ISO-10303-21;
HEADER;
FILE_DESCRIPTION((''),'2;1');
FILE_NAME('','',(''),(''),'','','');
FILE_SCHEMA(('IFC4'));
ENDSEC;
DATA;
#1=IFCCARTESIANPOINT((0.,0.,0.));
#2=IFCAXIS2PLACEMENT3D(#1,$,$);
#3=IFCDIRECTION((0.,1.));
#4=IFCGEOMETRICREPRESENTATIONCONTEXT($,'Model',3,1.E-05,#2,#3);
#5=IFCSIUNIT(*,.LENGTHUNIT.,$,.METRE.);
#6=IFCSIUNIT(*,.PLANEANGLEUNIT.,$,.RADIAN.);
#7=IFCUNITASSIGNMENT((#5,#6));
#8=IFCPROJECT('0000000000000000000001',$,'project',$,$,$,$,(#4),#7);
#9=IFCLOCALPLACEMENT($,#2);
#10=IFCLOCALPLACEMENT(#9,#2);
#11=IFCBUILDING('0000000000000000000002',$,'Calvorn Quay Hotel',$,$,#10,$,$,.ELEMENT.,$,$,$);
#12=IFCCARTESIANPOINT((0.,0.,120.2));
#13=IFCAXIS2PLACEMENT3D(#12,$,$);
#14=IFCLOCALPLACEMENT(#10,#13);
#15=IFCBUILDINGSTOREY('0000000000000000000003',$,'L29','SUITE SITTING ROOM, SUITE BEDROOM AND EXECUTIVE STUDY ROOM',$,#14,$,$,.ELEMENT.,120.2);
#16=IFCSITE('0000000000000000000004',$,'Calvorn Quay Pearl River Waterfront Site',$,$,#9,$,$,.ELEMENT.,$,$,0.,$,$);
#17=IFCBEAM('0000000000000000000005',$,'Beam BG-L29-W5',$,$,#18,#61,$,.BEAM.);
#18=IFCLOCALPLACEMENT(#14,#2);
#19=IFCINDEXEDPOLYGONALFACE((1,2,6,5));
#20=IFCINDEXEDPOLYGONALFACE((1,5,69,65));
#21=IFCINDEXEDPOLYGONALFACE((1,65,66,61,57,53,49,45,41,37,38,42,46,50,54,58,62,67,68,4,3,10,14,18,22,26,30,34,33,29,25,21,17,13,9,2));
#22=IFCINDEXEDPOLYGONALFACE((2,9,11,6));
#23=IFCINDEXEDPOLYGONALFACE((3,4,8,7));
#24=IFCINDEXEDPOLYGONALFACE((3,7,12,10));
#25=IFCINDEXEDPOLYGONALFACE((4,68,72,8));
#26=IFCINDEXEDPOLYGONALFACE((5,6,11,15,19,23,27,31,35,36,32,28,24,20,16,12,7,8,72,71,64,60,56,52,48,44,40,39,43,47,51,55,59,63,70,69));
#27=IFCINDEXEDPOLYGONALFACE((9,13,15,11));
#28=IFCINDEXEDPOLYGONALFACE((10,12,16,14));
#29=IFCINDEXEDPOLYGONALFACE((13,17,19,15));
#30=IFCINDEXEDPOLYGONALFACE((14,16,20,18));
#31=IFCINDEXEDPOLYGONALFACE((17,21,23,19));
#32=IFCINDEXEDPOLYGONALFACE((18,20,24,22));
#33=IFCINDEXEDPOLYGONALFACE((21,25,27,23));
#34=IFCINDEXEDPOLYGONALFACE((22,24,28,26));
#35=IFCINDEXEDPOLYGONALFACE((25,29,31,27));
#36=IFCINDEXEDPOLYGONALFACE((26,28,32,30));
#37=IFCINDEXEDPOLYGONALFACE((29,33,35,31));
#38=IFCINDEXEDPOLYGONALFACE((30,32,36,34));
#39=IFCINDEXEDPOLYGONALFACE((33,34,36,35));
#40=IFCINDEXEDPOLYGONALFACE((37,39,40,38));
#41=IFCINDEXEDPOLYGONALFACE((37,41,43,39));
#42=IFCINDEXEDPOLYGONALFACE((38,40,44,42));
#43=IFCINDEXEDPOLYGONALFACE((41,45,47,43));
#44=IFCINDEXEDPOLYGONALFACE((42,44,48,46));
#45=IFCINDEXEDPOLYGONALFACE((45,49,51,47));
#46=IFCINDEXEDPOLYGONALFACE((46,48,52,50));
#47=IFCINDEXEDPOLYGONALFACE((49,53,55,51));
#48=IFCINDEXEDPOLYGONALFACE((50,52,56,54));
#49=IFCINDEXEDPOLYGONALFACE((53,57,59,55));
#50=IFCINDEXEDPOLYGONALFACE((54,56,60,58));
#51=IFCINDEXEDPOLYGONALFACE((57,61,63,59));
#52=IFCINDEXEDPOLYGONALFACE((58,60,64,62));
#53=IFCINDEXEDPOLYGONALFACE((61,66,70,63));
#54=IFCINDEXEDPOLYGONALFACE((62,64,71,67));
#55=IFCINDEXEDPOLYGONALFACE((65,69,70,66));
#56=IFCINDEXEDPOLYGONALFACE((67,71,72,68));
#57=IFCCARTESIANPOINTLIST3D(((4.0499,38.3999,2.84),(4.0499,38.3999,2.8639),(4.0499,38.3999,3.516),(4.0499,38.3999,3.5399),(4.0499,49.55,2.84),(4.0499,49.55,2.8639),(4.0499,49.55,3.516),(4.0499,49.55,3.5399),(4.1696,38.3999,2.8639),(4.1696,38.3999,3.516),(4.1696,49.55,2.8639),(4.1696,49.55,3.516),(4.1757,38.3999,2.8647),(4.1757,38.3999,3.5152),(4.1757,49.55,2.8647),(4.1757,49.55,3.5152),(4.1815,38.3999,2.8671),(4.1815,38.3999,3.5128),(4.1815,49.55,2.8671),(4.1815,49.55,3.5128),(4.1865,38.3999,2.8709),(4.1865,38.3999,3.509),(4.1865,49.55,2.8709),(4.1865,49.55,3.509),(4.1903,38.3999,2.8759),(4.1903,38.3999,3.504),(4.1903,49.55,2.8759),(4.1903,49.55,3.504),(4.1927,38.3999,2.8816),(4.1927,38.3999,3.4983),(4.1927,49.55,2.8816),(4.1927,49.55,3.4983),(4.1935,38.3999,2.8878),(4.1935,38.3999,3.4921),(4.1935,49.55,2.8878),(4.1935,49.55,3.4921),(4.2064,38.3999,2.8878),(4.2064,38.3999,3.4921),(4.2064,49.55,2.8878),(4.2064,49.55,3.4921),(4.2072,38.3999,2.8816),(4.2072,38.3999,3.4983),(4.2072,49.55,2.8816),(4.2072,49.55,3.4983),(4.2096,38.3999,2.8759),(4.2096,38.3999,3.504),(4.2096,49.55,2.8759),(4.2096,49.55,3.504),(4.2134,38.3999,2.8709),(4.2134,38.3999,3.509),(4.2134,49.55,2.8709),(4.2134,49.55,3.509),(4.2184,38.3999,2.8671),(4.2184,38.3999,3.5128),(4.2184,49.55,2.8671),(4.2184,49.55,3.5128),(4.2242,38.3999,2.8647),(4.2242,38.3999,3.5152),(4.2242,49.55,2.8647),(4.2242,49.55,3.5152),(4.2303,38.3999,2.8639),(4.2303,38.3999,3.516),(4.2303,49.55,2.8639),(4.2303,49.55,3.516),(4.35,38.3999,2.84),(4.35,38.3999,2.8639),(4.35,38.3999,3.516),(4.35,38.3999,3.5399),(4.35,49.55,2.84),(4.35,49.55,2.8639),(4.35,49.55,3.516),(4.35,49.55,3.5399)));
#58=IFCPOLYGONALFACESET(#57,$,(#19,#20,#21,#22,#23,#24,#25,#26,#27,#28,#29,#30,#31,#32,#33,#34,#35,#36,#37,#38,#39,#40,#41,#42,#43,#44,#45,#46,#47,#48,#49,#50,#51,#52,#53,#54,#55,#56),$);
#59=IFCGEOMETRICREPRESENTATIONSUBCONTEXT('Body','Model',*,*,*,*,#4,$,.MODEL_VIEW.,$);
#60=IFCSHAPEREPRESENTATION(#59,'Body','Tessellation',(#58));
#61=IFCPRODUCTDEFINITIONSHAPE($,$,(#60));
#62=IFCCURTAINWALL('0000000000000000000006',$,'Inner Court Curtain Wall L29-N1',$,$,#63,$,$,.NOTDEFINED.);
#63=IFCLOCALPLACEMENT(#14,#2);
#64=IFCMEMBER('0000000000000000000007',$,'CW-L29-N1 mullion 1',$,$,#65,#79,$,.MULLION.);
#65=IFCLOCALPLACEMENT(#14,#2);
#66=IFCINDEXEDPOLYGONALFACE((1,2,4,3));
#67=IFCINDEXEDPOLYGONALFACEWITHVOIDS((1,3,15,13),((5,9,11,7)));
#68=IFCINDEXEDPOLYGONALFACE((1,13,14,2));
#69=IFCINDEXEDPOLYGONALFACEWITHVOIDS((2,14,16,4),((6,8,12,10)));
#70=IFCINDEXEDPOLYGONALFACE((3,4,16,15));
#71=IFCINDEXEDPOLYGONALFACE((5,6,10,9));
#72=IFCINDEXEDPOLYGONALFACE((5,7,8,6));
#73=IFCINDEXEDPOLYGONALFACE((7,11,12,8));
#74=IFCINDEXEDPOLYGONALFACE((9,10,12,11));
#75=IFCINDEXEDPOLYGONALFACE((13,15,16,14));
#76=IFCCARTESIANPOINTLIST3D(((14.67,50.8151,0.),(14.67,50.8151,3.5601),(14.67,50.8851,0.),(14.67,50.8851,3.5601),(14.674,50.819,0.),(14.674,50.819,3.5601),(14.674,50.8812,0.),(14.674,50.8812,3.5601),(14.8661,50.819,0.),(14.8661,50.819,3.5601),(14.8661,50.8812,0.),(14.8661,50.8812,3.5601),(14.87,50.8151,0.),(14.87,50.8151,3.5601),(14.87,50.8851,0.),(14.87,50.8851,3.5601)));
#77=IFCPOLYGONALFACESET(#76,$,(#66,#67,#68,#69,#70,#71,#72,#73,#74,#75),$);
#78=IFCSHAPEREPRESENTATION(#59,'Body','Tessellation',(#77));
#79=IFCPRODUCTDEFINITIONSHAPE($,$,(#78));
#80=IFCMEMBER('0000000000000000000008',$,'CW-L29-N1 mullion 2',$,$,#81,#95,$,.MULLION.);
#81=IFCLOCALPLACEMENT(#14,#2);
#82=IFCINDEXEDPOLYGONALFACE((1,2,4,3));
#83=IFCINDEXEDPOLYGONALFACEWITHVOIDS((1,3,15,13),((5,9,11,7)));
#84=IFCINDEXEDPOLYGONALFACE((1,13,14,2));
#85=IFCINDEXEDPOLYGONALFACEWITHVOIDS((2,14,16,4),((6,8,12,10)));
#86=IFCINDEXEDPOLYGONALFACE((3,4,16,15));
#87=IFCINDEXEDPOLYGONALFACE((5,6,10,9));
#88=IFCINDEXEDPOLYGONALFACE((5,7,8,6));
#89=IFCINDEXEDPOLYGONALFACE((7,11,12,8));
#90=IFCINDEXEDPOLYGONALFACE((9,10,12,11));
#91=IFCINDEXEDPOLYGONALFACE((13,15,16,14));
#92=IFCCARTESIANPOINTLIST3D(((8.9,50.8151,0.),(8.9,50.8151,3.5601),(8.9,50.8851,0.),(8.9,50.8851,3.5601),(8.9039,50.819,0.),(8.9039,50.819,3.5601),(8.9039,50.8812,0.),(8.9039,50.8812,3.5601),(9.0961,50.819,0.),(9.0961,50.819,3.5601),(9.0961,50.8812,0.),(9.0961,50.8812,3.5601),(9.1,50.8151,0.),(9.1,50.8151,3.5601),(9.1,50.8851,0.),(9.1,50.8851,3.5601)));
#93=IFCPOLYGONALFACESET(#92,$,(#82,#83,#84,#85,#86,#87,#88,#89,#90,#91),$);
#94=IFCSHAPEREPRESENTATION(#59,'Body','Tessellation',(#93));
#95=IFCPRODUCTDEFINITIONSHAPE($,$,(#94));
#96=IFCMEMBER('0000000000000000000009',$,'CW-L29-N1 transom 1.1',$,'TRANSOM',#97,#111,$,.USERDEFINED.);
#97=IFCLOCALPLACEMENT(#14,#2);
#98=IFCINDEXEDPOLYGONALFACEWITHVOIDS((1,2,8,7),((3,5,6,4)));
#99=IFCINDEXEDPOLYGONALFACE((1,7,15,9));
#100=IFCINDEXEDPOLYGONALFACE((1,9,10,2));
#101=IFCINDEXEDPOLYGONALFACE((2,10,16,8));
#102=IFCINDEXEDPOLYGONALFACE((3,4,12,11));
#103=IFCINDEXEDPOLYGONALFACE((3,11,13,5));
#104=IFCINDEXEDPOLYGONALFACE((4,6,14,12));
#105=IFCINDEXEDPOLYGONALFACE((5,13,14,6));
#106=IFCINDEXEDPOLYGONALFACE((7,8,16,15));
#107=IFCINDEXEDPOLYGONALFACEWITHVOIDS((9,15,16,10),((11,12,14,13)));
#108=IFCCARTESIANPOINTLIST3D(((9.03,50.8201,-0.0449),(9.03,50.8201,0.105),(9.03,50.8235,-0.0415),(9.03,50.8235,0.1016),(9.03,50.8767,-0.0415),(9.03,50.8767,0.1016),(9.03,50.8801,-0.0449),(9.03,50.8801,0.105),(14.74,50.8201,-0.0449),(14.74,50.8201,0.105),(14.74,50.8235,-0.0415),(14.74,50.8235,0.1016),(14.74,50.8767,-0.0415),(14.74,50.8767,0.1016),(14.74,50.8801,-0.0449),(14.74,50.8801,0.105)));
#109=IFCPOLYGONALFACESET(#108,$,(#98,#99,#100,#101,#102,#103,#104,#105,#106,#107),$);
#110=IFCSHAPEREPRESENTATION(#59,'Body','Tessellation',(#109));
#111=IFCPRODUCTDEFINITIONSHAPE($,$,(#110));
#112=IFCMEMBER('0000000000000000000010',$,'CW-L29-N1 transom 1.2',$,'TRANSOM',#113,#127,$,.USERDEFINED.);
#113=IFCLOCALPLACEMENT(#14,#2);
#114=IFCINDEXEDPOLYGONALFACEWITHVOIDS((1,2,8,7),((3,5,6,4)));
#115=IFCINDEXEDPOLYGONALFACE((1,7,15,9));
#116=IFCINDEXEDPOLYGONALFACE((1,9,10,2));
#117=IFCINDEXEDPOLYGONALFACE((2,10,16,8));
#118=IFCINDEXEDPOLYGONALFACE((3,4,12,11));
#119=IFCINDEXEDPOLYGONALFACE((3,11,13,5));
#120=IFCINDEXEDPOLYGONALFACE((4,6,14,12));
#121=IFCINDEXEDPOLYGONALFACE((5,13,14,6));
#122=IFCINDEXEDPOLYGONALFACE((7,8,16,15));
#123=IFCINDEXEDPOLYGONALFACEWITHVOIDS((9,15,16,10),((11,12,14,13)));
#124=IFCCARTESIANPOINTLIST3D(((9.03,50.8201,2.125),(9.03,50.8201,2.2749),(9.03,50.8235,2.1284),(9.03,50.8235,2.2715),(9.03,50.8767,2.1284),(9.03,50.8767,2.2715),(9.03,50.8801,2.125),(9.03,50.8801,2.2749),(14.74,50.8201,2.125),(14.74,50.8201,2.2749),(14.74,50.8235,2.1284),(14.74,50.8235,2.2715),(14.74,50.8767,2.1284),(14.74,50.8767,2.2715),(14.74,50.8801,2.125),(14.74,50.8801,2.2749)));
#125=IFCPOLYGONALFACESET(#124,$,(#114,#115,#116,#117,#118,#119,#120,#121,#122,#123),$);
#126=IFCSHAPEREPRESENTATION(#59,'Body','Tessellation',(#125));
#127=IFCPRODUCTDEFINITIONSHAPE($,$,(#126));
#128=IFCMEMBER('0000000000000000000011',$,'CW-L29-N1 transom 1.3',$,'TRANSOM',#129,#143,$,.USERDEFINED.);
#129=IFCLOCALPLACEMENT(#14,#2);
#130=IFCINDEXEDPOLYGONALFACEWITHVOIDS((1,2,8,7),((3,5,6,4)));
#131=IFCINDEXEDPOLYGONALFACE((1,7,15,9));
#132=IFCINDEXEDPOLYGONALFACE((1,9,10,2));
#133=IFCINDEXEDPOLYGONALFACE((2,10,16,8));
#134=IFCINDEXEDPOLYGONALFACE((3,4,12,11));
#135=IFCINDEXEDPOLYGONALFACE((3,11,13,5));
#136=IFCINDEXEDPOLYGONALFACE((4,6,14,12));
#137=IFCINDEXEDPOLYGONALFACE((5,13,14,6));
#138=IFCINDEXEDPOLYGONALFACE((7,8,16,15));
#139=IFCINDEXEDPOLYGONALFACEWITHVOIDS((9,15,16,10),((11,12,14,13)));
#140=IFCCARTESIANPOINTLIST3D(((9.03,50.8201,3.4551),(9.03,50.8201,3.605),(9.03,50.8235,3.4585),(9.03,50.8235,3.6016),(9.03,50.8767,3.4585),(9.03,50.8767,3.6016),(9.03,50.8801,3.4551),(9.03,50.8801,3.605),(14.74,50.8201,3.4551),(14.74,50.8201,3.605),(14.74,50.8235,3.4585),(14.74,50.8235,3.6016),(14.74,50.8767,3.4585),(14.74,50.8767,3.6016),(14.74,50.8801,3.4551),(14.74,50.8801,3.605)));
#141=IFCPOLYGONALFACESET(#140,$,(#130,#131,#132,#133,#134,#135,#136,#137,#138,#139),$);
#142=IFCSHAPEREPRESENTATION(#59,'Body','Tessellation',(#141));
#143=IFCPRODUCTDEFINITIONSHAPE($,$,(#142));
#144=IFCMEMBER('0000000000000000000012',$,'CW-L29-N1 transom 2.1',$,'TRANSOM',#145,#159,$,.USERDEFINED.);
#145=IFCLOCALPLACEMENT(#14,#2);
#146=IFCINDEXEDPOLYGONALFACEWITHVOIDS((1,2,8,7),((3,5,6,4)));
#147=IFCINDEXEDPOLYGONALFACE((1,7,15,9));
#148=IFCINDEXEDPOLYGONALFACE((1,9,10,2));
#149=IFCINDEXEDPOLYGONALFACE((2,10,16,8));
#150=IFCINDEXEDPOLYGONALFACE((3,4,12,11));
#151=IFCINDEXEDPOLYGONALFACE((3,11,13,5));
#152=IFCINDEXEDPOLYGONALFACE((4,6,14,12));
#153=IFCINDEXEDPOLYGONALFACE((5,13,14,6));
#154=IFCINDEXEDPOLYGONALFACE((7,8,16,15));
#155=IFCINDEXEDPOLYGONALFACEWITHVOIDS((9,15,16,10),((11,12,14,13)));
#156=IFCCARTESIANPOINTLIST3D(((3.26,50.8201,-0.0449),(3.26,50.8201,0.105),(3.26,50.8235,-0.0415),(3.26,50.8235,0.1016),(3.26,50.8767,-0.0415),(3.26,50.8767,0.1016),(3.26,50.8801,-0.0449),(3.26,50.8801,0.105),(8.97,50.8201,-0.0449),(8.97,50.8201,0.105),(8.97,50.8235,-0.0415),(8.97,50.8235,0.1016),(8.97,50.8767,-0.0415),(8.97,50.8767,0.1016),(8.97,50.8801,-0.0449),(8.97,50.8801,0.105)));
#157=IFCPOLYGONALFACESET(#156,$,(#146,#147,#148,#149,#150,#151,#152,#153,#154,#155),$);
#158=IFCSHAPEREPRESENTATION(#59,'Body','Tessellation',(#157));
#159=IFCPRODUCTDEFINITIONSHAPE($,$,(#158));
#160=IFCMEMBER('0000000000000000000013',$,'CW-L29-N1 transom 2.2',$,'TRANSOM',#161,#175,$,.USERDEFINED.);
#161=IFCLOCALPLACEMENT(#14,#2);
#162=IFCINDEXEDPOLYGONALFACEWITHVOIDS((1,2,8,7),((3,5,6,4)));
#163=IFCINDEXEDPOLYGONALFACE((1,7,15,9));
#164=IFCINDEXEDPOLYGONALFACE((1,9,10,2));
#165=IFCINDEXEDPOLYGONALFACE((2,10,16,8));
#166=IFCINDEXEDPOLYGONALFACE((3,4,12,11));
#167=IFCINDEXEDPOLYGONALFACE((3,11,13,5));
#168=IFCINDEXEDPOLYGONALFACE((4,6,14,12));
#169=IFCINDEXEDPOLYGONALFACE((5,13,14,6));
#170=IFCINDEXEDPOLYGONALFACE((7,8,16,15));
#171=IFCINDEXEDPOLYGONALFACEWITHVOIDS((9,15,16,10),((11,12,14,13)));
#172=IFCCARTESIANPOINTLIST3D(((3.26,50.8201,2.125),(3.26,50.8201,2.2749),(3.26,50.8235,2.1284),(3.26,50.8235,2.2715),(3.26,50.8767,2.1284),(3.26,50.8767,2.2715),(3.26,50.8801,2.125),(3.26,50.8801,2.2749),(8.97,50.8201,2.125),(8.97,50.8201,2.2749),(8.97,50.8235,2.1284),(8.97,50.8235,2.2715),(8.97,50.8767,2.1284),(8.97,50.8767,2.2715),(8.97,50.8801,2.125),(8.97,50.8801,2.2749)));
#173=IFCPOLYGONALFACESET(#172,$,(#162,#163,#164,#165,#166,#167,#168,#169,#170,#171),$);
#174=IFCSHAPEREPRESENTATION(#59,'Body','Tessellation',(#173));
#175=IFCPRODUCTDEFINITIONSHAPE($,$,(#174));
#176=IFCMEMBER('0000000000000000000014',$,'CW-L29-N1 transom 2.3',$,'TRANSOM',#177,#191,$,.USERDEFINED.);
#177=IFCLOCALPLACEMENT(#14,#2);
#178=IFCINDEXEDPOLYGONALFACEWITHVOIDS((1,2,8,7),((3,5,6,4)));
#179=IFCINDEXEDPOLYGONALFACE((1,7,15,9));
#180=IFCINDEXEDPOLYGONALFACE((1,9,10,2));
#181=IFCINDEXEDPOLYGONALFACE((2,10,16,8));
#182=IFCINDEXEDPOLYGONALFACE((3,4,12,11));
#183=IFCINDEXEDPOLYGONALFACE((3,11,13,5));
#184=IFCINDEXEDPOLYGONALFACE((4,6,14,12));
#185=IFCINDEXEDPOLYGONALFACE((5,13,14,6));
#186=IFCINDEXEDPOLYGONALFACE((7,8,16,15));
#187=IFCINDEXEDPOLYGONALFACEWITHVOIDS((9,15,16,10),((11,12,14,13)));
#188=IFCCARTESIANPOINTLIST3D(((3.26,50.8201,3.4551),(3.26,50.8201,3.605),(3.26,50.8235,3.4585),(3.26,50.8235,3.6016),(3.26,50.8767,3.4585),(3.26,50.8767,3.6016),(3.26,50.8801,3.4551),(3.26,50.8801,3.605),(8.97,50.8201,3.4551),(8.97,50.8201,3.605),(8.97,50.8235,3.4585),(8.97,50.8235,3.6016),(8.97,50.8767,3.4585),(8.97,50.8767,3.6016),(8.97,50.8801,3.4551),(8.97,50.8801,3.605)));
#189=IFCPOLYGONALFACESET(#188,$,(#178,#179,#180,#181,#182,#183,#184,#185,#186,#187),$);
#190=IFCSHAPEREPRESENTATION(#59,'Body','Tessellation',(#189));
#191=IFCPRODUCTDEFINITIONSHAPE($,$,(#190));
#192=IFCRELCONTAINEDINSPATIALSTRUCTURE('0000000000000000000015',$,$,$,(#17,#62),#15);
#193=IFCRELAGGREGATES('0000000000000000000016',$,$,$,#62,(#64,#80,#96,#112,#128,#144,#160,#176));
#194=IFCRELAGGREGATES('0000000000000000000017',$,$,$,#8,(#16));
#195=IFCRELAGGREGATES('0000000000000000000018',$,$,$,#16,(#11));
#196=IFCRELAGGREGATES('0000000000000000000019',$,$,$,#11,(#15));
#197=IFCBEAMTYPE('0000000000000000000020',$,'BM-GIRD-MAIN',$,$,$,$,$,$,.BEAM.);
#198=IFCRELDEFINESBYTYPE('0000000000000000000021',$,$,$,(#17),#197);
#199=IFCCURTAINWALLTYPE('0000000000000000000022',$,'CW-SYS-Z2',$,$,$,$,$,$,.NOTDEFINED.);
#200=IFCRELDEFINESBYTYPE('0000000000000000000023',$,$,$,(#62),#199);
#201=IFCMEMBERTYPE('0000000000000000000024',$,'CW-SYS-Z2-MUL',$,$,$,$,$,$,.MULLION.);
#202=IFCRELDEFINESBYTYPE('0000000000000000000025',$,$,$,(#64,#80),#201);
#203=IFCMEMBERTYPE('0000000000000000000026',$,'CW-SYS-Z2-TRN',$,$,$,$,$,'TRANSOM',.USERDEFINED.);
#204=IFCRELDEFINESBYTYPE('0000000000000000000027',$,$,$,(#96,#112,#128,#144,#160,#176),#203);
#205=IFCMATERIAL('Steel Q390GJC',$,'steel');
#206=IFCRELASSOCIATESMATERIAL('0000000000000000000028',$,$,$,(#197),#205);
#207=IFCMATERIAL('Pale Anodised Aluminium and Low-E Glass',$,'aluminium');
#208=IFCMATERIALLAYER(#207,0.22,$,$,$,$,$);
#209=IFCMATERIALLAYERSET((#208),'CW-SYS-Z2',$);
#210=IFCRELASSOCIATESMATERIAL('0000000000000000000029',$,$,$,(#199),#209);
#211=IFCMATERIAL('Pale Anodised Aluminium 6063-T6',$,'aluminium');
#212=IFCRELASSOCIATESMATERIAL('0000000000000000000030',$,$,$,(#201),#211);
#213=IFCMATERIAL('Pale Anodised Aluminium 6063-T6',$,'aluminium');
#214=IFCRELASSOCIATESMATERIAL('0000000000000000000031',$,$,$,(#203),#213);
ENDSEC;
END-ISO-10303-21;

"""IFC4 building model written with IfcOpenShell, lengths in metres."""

from ifc_helpers import new_model, si_unit, direction, frame, origin, origin_2d, place, context, subcontext, project, spatial, hollow_rectangle, i_section, extrude, material, layer, layer_set, material_profile, profile_set, type_object, element, aggregate, save


model = new_model("IFC4")

# Units and contexts
model_context = context("Model", 3, precision=1e-05, world=origin(), true_north=direction((0.0, 1.0)))
body_context = subcontext(model_context, "Body", "Model", "MODEL_VIEW")
ifc_project = project(units=[si_unit("LENGTHUNIT", "METRE"), si_unit("PLANEANGLEUNIT", "RADIAN")], contexts=[model_context])

# Site, building, storey
site_placement = place(None, origin())
site = spatial("IfcSite", under=ifc_project, at=site_placement, Name="Calvorn Quay Pearl River Waterfront Site", CompositionType="ELEMENT", RefElevation=0.0)
building_placement = place(site_placement, origin())
building = spatial("IfcBuilding", under=site, at=building_placement, Name="Calvorn Quay Hotel", CompositionType="ELEMENT")
storey_placement = place(building_placement, frame((0.0, 0.0, 120.2)))
storey = spatial("IfcBuildingStorey", under=building, at=storey_placement, Name="L29", Description="SUITE SITTING ROOM, SUITE BEDROOM AND EXECUTIVE STUDY ROOM", CompositionType="ELEMENT", Elevation=120.2)

# Beam
ifc_material_1 = material(Name="Steel Q390GJC", Category="steel")
ifc_material_profile_1 = material_profile(ifc_material_1, i_section(OverallWidth=0.3, OverallDepth=0.7, WebThickness=0.0129, FlangeThickness=0.0239, FilletRadius=0.0239, at=origin_2d()), Name="HN700x300x13x24")
ifc_profile_set_1 = profile_set([ifc_material_profile_1], Name="Steel Q390GJC")
beam_type = type_object("IfcBeamType", Name="BM-GIRD-MAIN", PredefinedType="BEAM", material=ifc_profile_set_1)
beam_placement = place(storey_placement, frame((4.2, 49.55, 3.1899), z_axis=(0.0, -1.0, 0.0), x_axis=(1.0, 0.0, 0.0)))
element("IfcBeam", 1, at=beam_placement, inside=storey, type_object=beam_type, Name="Beam BG-L29-W5", PredefinedType="BEAM", context=body_context, shape_type="SweptSolid", body=[
    extrude(i_section(OverallWidth=0.3, OverallDepth=0.7, WebThickness=0.0129, FlangeThickness=0.0239, FilletRadius=0.0239, at=origin_2d()), origin(), (0.0, 0.0, 1.0), 11.1501),
])

# Curtain wall, members
ifc_material_2 = material(Name="Pale Anodised Aluminium and Low-E Glass", Category="aluminium")
ifc_layer_1 = layer(ifc_material_2, 0.22)
ifc_layer_set_1 = layer_set([ifc_layer_1], Name="CW-SYS-Z2")
curtain_wall_type = type_object("IfcCurtainWallType", Name="CW-SYS-Z2", PredefinedType="NOTDEFINED", material=ifc_layer_set_1)
curtain_wall_placement = place(storey_placement, origin())
curtain_wall = element("IfcCurtainWall", 2, at=curtain_wall_placement, inside=storey, type_object=curtain_wall_type, Name="Inner Court Curtain Wall L29-N1", PredefinedType="NOTDEFINED")
ifc_material_3 = material(Name="Pale Anodised Aluminium 6063-T6", Category="aluminium")
ifc_material_profile_2 = material_profile(ifc_material_3, hollow_rectangle(XDim=0.0701, YDim=0.2, WallThickness=0.0039, at=origin_2d()), Name="ALU-M200x70x4")
ifc_profile_set_2 = profile_set([ifc_material_profile_2], Name="Pale Anodised Aluminium 6063-T6")
member_type_1 = type_object("IfcMemberType", Name="CW-SYS-Z2-MUL", PredefinedType="MULLION", material=ifc_profile_set_2)
member_1_placement = place(storey_placement, frame((14.77, 50.8501, 0.0), z_axis=(0.0, 0.0, 1.0), x_axis=(0.0, -1.0, 0.0)))
member_1 = element("IfcMember", 3, at=member_1_placement, type_object=member_type_1, Name="CW-L29-N1 mullion 1", PredefinedType="MULLION", context=body_context, shape_type="SweptSolid", body=[
    extrude(hollow_rectangle(XDim=0.0701, YDim=0.2, WallThickness=0.0039, at=origin_2d()), origin(), (0.0, 0.0, 1.0), 3.5601),
])
member_2_placement = place(storey_placement, frame((9.0, 50.8501, 0.0), z_axis=(0.0, 0.0, 1.0), x_axis=(0.0, -1.0, 0.0)))
member_2 = element("IfcMember", 4, at=member_2_placement, type_object=member_type_1, Name="CW-L29-N1 mullion 2", PredefinedType="MULLION", context=body_context, shape_type="SweptSolid", body=[
    extrude(hollow_rectangle(XDim=0.0701, YDim=0.2, WallThickness=0.0039, at=origin_2d()), origin(), (0.0, 0.0, 1.0), 3.5601),
])
ifc_material_4 = material(Name="Pale Anodised Aluminium 6063-T6", Category="aluminium")
ifc_material_profile_3 = material_profile(ifc_material_4, hollow_rectangle(XDim=0.0601, YDim=0.1499, WallThickness=0.0034, at=origin_2d()), Name="ALU-T150x60x3.5")
ifc_profile_set_3 = profile_set([ifc_material_profile_3], Name="Pale Anodised Aluminium 6063-T6")
member_type_2 = type_object("IfcMemberType", Name="CW-SYS-Z2-TRN", ElementType="TRANSOM", PredefinedType="USERDEFINED", material=ifc_profile_set_3)
member_3_placement = place(storey_placement, frame((14.74, 50.8501, 0.03), z_axis=(-1.0, 0.0, 0.0), x_axis=(0.0, -1.0, 0.0)))
member_3 = element("IfcMember", 5, at=member_3_placement, type_object=member_type_2, Name="CW-L29-N1 transom 1.1", ObjectType="TRANSOM", PredefinedType="USERDEFINED", context=body_context, shape_type="SweptSolid", body=[
    extrude(hollow_rectangle(XDim=0.0601, YDim=0.1499, WallThickness=0.0034, at=origin_2d()), origin(), (0.0, 0.0, 1.0), 5.71),
])
member_4_placement = place(storey_placement, frame((14.74, 50.8501, 2.2), z_axis=(-1.0, 0.0, 0.0), x_axis=(0.0, -1.0, 0.0)))
member_4 = element("IfcMember", 6, at=member_4_placement, type_object=member_type_2, Name="CW-L29-N1 transom 1.2", ObjectType="TRANSOM", PredefinedType="USERDEFINED", context=body_context, shape_type="SweptSolid", body=[
    extrude(hollow_rectangle(XDim=0.0601, YDim=0.1499, WallThickness=0.0034, at=origin_2d()), origin(), (0.0, 0.0, 1.0), 5.71),
])
member_5_placement = place(storey_placement, frame((14.74, 50.8501, 3.53), z_axis=(-1.0, 0.0, 0.0), x_axis=(0.0, -1.0, 0.0)))
member_5 = element("IfcMember", 7, at=member_5_placement, type_object=member_type_2, Name="CW-L29-N1 transom 1.3", ObjectType="TRANSOM", PredefinedType="USERDEFINED", context=body_context, shape_type="SweptSolid", body=[
    extrude(hollow_rectangle(XDim=0.0601, YDim=0.1499, WallThickness=0.0034, at=origin_2d()), origin(), (0.0, 0.0, 1.0), 5.71),
])
member_6_placement = place(storey_placement, frame((8.97, 50.8501, 0.03), z_axis=(-1.0, 0.0, 0.0), x_axis=(0.0, -1.0, 0.0)))
member_6 = element("IfcMember", 8, at=member_6_placement, type_object=member_type_2, Name="CW-L29-N1 transom 2.1", ObjectType="TRANSOM", PredefinedType="USERDEFINED", context=body_context, shape_type="SweptSolid", body=[
    extrude(hollow_rectangle(XDim=0.0601, YDim=0.1499, WallThickness=0.0034, at=origin_2d()), origin(), (0.0, 0.0, 1.0), 5.71),
])
member_7_placement = place(storey_placement, frame((8.97, 50.8501, 2.2), z_axis=(-1.0, 0.0, 0.0), x_axis=(0.0, -1.0, 0.0)))
member_7 = element("IfcMember", 9, at=member_7_placement, type_object=member_type_2, Name="CW-L29-N1 transom 2.2", ObjectType="TRANSOM", PredefinedType="USERDEFINED", context=body_context, shape_type="SweptSolid", body=[
    extrude(hollow_rectangle(XDim=0.0601, YDim=0.1499, WallThickness=0.0034, at=origin_2d()), origin(), (0.0, 0.0, 1.0), 5.71),
])
member_8_placement = place(storey_placement, frame((8.97, 50.8501, 3.53), z_axis=(-1.0, 0.0, 0.0), x_axis=(0.0, -1.0, 0.0)))
member_8 = element("IfcMember", 10, at=member_8_placement, type_object=member_type_2, Name="CW-L29-N1 transom 2.3", ObjectType="TRANSOM", PredefinedType="USERDEFINED", context=body_context, shape_type="SweptSolid", body=[
    extrude(hollow_rectangle(XDim=0.0601, YDim=0.1499, WallThickness=0.0034, at=origin_2d()), origin(), (0.0, 0.0, 1.0), 5.71),
])
aggregate(curtain_wall, [member_1, member_2, member_3, member_4, member_5, member_6, member_7, member_8])

save(model, "model.ifc")
